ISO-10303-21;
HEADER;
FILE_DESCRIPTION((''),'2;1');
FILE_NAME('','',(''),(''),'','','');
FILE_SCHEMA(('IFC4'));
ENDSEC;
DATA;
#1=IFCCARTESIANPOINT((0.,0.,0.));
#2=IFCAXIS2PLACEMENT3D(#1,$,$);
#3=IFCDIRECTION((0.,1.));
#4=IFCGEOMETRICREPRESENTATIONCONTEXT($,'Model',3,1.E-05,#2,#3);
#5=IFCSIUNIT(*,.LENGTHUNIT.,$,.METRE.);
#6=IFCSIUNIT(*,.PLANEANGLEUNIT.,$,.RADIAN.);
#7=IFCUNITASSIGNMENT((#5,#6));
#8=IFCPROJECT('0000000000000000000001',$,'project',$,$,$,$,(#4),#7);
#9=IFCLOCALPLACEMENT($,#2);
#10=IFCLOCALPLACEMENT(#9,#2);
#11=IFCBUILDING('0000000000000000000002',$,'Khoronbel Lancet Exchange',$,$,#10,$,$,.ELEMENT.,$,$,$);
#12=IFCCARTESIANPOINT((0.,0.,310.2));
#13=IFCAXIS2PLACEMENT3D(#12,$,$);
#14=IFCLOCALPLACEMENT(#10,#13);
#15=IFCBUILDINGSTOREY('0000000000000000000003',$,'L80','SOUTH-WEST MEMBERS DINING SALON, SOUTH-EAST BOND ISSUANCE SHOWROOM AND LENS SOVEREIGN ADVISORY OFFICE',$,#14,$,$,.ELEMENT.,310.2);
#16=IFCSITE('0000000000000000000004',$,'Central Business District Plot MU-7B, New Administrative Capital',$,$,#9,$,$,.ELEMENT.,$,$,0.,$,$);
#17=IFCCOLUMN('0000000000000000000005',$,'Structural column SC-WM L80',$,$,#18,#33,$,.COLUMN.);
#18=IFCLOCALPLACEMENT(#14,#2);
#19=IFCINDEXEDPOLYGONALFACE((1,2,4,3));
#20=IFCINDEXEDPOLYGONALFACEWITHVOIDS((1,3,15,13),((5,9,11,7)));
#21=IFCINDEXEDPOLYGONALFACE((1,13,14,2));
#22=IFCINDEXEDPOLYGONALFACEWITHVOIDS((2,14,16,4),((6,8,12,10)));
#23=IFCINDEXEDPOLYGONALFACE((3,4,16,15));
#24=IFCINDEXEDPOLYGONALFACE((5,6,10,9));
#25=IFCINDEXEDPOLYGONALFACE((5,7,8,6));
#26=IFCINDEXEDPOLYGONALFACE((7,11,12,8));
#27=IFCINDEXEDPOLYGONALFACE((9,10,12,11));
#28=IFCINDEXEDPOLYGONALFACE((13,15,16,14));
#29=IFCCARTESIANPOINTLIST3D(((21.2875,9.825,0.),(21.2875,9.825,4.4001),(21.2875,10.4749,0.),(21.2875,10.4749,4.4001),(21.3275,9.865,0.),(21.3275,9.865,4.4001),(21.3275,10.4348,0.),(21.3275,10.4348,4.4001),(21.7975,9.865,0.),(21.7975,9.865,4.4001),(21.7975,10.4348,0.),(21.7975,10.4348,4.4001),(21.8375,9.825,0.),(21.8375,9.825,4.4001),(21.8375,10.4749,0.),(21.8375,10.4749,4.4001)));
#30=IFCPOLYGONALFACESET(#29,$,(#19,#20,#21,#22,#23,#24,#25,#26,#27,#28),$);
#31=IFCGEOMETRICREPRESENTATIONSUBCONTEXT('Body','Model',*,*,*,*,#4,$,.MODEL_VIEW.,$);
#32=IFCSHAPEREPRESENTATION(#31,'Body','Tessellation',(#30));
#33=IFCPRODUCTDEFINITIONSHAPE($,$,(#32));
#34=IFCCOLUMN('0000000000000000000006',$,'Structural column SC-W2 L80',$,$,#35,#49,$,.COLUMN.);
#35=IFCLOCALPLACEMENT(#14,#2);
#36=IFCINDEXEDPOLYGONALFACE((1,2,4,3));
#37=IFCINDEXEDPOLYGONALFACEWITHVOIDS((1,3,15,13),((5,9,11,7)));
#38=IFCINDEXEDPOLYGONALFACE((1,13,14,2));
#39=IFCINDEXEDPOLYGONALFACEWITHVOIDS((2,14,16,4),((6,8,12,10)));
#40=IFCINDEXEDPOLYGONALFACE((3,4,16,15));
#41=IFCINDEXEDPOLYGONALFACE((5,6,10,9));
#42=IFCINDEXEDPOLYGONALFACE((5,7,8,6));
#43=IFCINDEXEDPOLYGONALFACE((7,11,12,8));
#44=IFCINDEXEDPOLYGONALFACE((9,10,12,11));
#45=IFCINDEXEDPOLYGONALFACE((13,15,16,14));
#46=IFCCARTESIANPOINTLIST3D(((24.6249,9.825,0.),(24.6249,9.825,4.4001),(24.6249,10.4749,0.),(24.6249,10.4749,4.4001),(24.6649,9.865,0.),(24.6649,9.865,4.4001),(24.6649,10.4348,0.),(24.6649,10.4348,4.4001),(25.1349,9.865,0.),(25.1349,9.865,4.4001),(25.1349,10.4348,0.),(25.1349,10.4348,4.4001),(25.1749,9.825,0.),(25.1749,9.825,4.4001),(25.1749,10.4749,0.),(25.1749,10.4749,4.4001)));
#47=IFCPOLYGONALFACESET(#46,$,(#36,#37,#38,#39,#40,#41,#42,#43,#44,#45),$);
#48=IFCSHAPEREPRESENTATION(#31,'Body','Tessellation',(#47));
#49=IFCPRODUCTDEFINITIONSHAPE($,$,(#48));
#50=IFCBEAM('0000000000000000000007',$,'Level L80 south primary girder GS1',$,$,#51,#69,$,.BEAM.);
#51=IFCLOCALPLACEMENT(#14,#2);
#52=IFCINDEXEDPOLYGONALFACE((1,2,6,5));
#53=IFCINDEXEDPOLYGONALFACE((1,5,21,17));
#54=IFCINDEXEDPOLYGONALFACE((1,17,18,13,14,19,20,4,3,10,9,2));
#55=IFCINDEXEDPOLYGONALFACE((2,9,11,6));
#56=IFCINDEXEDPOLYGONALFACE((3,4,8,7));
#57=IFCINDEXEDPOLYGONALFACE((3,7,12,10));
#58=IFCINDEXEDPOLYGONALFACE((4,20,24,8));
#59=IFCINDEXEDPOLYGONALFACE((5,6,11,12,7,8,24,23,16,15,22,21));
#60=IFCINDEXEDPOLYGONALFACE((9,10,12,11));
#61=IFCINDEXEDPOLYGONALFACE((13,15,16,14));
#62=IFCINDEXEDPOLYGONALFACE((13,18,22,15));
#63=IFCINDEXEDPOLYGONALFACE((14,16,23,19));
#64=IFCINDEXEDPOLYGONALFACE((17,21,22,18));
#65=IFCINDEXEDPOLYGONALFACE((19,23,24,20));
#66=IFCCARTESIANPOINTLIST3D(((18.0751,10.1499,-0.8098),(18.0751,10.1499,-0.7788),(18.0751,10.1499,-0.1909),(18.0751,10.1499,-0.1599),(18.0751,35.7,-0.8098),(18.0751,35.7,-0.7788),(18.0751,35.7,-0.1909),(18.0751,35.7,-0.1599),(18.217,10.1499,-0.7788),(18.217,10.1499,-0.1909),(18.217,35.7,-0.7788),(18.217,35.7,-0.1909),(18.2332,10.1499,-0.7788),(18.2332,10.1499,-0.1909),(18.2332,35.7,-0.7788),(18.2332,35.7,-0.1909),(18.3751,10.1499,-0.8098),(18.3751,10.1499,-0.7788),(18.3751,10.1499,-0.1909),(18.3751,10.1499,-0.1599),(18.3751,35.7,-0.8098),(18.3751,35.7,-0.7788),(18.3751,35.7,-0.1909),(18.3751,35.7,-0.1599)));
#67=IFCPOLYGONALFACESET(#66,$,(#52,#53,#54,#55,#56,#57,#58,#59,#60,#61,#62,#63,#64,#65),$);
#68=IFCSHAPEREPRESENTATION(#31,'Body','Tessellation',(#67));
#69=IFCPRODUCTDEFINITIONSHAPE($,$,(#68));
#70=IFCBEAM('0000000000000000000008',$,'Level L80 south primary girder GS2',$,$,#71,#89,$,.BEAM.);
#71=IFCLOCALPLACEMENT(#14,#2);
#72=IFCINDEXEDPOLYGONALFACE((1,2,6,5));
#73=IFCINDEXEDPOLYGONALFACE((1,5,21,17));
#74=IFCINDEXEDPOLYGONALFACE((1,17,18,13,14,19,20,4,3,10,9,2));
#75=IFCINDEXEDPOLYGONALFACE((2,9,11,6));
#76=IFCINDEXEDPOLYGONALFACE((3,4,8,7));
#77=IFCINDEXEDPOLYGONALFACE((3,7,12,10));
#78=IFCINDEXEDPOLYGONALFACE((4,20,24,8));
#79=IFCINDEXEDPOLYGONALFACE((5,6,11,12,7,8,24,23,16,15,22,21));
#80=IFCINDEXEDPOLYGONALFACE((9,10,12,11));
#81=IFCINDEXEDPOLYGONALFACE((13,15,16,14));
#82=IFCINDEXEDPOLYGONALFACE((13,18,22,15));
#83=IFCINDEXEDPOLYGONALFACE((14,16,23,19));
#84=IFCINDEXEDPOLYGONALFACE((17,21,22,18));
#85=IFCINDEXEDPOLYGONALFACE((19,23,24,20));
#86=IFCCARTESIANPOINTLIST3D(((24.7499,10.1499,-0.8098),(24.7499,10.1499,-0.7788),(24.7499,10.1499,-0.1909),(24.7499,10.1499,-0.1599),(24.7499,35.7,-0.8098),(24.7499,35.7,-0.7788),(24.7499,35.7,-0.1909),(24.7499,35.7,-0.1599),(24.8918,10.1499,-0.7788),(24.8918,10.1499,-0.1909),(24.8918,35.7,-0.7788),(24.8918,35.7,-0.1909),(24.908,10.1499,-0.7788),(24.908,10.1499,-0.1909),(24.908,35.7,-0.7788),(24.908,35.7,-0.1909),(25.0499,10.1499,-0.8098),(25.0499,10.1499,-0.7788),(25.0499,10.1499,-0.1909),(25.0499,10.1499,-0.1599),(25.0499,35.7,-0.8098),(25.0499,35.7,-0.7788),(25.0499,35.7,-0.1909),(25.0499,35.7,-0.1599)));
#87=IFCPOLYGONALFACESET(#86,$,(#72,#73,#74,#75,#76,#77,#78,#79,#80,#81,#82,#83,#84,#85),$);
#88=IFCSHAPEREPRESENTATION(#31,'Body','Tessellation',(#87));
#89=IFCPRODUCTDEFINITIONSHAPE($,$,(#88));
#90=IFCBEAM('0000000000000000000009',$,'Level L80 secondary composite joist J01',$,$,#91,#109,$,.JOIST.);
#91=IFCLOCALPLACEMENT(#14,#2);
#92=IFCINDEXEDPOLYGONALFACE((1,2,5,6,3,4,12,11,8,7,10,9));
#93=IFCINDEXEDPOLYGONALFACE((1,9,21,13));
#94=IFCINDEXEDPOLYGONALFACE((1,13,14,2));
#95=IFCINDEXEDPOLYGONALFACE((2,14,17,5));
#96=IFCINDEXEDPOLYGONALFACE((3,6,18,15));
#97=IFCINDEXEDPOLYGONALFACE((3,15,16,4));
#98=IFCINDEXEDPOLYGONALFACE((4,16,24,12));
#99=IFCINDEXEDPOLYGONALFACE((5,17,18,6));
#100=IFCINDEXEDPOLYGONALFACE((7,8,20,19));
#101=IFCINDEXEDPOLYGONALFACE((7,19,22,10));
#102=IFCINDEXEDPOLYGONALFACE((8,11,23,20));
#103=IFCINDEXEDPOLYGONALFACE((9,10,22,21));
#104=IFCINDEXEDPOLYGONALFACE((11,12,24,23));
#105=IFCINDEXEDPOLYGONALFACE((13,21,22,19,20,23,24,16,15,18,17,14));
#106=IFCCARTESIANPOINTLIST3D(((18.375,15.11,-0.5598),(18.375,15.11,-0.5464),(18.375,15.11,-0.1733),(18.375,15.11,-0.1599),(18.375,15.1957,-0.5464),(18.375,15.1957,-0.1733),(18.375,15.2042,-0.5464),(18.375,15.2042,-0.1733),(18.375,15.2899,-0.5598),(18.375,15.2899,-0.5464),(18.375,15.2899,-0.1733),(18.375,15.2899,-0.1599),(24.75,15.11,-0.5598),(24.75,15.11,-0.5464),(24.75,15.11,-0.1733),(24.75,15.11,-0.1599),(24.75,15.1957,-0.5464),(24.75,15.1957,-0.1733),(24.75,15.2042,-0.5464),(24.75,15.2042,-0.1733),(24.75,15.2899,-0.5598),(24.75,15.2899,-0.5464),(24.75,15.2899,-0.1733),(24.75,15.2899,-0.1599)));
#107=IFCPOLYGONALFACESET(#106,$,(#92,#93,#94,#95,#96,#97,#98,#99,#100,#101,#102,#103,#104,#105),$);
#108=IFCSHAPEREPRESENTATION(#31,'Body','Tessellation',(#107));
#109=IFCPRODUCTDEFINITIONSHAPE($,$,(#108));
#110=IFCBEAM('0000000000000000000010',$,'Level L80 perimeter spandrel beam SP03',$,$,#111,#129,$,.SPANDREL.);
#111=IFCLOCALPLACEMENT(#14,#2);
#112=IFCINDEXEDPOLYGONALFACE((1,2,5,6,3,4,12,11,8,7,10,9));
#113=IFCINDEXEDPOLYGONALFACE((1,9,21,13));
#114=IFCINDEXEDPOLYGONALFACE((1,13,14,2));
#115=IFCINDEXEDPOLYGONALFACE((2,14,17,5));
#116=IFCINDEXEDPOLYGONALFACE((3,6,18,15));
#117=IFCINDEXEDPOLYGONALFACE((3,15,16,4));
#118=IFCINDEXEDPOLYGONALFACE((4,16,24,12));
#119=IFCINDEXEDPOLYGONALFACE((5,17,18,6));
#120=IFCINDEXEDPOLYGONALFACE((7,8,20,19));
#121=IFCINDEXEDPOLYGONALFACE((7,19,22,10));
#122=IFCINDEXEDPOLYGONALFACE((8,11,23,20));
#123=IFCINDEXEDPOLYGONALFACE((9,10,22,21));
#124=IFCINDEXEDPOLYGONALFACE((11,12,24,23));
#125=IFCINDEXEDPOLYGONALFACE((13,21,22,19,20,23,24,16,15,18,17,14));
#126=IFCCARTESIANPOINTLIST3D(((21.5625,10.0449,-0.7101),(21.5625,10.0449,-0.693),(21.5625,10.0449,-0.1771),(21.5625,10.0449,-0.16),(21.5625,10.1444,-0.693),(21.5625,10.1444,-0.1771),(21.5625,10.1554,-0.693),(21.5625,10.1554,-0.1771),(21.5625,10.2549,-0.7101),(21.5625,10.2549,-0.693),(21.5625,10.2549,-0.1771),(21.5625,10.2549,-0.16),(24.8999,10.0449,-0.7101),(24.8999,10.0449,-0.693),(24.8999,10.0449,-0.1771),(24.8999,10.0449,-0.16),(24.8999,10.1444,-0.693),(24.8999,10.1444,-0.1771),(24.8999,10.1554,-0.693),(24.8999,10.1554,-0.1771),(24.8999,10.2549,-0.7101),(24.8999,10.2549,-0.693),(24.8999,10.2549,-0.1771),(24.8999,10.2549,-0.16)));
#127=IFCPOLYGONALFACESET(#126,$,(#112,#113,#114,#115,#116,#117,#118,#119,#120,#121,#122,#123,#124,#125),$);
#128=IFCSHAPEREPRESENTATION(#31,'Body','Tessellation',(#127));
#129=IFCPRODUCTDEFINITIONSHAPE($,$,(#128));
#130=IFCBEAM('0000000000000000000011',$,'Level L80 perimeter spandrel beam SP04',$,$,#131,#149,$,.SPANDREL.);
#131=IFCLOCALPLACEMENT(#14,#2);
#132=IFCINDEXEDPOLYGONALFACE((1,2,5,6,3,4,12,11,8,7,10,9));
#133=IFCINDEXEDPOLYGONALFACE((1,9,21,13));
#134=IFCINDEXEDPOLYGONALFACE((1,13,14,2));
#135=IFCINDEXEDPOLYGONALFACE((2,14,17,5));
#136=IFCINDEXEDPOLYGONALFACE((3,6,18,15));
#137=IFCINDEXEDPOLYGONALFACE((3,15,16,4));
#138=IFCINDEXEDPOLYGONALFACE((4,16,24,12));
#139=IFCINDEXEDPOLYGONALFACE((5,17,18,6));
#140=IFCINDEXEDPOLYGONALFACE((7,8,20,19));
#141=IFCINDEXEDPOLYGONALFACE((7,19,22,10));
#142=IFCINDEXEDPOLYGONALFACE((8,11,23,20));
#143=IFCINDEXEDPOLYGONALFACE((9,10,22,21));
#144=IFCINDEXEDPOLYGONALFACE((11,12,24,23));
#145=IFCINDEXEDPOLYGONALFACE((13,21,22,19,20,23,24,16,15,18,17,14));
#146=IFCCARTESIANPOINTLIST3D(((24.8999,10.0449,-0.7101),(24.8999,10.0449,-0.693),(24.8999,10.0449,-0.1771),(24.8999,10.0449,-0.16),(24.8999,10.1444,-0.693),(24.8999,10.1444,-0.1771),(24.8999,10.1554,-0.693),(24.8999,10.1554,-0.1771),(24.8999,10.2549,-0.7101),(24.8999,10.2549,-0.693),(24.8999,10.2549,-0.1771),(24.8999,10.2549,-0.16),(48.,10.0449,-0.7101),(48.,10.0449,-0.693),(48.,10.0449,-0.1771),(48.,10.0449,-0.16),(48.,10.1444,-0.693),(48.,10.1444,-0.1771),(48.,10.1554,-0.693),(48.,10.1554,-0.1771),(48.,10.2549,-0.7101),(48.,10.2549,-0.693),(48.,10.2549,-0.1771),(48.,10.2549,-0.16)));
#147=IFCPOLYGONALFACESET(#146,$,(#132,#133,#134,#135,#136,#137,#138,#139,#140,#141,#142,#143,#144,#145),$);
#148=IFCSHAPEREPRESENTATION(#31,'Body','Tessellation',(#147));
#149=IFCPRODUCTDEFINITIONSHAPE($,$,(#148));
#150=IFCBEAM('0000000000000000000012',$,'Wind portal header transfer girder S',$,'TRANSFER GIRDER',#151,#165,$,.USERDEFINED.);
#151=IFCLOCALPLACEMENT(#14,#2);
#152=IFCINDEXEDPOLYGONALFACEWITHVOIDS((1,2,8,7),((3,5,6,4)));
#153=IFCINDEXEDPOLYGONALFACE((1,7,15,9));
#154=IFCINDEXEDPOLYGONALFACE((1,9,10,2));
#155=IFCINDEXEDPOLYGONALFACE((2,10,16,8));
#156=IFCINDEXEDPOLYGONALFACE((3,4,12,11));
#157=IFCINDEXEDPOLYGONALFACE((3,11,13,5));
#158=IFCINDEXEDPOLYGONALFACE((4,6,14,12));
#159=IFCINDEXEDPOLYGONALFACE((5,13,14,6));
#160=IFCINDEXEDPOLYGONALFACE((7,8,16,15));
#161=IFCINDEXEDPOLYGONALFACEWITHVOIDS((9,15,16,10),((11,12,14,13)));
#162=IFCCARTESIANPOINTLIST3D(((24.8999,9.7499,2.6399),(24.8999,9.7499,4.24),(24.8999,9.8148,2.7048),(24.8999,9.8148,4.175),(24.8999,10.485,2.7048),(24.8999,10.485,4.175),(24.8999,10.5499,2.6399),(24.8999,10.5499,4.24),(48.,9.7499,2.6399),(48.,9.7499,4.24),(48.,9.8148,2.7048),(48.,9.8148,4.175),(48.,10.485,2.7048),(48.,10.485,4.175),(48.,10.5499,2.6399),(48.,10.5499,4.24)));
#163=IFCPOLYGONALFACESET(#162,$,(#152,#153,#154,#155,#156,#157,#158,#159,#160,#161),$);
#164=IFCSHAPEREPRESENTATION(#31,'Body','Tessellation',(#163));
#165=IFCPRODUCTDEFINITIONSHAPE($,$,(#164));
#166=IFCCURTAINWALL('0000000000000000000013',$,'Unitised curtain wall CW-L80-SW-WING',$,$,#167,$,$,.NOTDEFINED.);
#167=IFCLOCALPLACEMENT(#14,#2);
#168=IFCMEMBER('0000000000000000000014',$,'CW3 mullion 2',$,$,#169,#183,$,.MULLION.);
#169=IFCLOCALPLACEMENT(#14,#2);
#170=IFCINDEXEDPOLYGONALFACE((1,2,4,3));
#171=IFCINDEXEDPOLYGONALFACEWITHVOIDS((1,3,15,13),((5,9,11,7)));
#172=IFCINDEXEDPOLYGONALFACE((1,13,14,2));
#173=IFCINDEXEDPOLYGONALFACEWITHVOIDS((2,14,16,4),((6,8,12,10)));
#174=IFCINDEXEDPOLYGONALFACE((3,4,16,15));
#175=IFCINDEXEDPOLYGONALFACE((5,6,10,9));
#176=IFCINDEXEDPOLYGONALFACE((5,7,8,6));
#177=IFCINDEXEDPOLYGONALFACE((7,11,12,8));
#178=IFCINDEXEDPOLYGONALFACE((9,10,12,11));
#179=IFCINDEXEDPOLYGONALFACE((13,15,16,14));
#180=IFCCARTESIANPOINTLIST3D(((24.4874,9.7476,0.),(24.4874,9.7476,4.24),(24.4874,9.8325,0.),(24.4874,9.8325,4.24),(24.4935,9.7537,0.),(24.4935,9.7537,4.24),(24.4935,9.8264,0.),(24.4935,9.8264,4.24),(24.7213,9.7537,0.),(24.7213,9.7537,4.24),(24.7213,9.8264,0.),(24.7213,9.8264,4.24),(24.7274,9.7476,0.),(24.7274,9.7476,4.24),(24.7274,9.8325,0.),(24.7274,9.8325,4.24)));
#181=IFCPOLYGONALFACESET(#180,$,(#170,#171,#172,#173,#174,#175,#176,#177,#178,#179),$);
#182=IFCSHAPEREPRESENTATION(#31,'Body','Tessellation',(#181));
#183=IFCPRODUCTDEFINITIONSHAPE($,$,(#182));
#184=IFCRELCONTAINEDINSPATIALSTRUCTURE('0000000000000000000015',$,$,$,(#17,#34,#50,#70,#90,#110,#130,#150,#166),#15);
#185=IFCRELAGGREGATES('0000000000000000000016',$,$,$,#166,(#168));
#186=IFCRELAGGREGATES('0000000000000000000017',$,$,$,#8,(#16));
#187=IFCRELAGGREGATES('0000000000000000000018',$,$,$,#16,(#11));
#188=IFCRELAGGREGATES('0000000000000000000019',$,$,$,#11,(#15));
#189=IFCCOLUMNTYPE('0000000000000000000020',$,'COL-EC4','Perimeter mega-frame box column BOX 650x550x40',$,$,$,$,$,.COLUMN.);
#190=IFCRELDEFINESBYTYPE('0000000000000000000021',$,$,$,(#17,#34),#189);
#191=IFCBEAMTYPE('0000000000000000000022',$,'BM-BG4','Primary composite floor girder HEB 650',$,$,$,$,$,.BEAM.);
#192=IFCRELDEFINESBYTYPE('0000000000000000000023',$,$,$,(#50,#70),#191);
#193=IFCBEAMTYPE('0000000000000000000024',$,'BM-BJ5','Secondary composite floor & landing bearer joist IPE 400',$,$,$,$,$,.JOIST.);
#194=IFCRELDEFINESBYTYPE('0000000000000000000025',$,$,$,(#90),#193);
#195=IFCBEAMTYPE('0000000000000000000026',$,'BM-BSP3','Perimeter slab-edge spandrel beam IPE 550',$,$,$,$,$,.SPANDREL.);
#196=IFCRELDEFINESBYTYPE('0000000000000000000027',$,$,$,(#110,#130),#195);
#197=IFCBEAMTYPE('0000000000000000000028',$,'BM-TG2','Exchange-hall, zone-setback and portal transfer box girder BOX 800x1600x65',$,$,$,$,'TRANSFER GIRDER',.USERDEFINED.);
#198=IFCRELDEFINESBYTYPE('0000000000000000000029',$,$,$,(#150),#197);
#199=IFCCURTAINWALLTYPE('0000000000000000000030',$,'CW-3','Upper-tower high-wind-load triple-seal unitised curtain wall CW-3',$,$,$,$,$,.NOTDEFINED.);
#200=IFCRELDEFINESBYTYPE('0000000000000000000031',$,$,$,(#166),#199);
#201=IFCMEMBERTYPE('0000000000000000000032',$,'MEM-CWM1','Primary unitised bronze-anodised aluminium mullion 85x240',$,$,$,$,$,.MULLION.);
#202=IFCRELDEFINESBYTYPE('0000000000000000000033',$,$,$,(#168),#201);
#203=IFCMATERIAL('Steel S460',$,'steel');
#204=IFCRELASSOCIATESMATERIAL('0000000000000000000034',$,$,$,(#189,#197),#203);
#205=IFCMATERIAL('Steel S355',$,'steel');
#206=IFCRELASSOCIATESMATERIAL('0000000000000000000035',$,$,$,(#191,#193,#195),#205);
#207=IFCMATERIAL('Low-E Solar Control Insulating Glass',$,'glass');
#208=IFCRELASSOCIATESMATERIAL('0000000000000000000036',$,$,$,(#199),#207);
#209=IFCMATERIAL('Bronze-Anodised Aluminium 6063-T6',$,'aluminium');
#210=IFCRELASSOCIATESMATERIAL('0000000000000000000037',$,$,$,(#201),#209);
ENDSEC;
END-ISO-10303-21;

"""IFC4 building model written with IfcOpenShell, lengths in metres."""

from ifc_helpers import new_model, si_unit, direction, frame, origin, origin_2d, place, context, subcontext, project, spatial, hollow_rectangle, i_section, extrude, material, material_profile, profile_set, type_object, element, aggregate, save


model = new_model("IFC4")

# Units and contexts
model_context = context("Model", 3, precision=1e-05, world=origin(), true_north=direction((0.0, 1.0)))
body_context = subcontext(model_context, "Body", "Model", "MODEL_VIEW")
ifc_project = project(units=[si_unit("LENGTHUNIT", "METRE"), si_unit("PLANEANGLEUNIT", "RADIAN")], contexts=[model_context])

# Site, building, storey
site_placement = place(None, origin())
site = spatial("IfcSite", under=ifc_project, at=site_placement, Name="Central Business District Plot MU-7B, New Administrative Capital", CompositionType="ELEMENT", RefElevation=0.0)
building_placement = place(site_placement, origin())
building = spatial("IfcBuilding", under=site, at=building_placement, Name="Khoronbel Lancet Exchange", CompositionType="ELEMENT")
storey_placement = place(building_placement, frame((0.0, 0.0, 310.2)))
storey = spatial("IfcBuildingStorey", under=building, at=storey_placement, Name="L80", Description="SOUTH-WEST MEMBERS DINING SALON, SOUTH-EAST BOND ISSUANCE SHOWROOM AND LENS SOVEREIGN ADVISORY OFFICE", CompositionType="ELEMENT", Elevation=310.2)

# Columns
ifc_material_1 = material(Name="Steel S460", Category="steel")
ifc_material_profile_1 = material_profile(ifc_material_1, hollow_rectangle(XDim=0.55, YDim=0.6499, WallThickness=0.04, at=origin_2d()), Name="BOX 650x550x40")
ifc_profile_set_1 = profile_set([ifc_material_profile_1], Name="Steel S460")
column_type = type_object("IfcColumnType", Name="COL-EC4", Description="Perimeter mega-frame box column BOX 650x550x40", PredefinedType="COLUMN", material=ifc_profile_set_1)
for number, where, z_axis, x_axis, name in (
    (1, (21.5625, 10.1499, 0.0), (0.0, 0.0, 1.0), (1.0, 0.0, 0.0), "Structural column SC-WM L80"),
    (2, (24.8999, 10.1499, 0.0), (0.0, 0.0, 1.0), (1.0, 0.0, 0.0), "Structural column SC-W2 L80"),
):
    element("IfcColumn", number, at=place(storey_placement, frame(where, z_axis=z_axis, x_axis=x_axis)), inside=storey, type_object=column_type, Name=name, PredefinedType="COLUMN", context=body_context, shape_type="SweptSolid", body=[
        extrude(hollow_rectangle(XDim=0.55, YDim=0.6499, WallThickness=0.04, at=origin_2d()), origin(), (0.0, 0.0, 1.0), 4.4001),
    ])

# Beams
ifc_material_2 = material(Name="Steel S355", Category="steel")
ifc_material_profile_2 = material_profile(ifc_material_2, i_section(OverallWidth=0.3, OverallDepth=0.6499, WebThickness=0.0161, FlangeThickness=0.031, at=origin_2d()), Name="HEB 650")
ifc_profile_set_2 = profile_set([ifc_material_profile_2], Name="Steel S355")
beam_type_1 = type_object("IfcBeamType", Name="BM-BG4", Description="Primary composite floor girder HEB 650", PredefinedType="BEAM", material=ifc_profile_set_2)
for number, where, z_axis, x_axis, name in (
    (3, (18.2251, 10.1499, -0.4849), (0.0, 1.0, 0.0), (-1.0, 0.0, 0.0), "Level L80 south primary girder GS1"),
    (4, (24.8999, 10.1499, -0.4849), (0.0, 1.0, 0.0), (-1.0, 0.0, 0.0), "Level L80 south primary girder GS2"),
):
    element("IfcBeam", number, at=place(storey_placement, frame(where, z_axis=z_axis, x_axis=x_axis)), inside=storey, type_object=beam_type_1, Name=name, PredefinedType="BEAM", context=body_context, shape_type="SweptSolid", body=[
        extrude(i_section(OverallWidth=0.3, OverallDepth=0.6499, WebThickness=0.0161, FlangeThickness=0.031, at=origin_2d()), origin(), (0.0, 0.0, 1.0), 25.55),
    ])
ifc_material_profile_3 = material_profile(ifc_material_2, i_section(OverallWidth=0.1799, OverallDepth=0.3999, WebThickness=0.0085, FlangeThickness=0.0134, at=origin_2d()), Name="IPE 400")
ifc_profile_set_3 = profile_set([ifc_material_profile_3], Name="Steel S355")
beam_type_2 = type_object("IfcBeamType", Name="BM-BJ5", Description="Secondary composite floor & landing bearer joist IPE 400", PredefinedType="JOIST", material=ifc_profile_set_3)
beam_1_placement = place(storey_placement, frame((18.375, 15.2, -0.3599), z_axis=(1.0, 0.0, 0.0), x_axis=(0.0, 1.0, 0.0)))
element("IfcBeam", 5, at=beam_1_placement, inside=storey, type_object=beam_type_2, Name="Level L80 secondary composite joist J01", PredefinedType="JOIST", context=body_context, shape_type="SweptSolid", body=[
    extrude(i_section(OverallWidth=0.1799, OverallDepth=0.3999, WebThickness=0.0085, FlangeThickness=0.0134, at=origin_2d()), origin(), (0.0, 0.0, 1.0), 6.375),
])
ifc_material_profile_4 = material_profile(ifc_material_2, i_section(OverallWidth=0.21, OverallDepth=0.55, WebThickness=0.011, FlangeThickness=0.0171, at=origin_2d()), Name="IPE 550")
ifc_profile_set_4 = profile_set([ifc_material_profile_4], Name="Steel S355")
beam_type_3 = type_object("IfcBeamType", Name="BM-BSP3", Description="Perimeter slab-edge spandrel beam IPE 550", PredefinedType="SPANDREL", material=ifc_profile_set_4)
beam_2_placement = place(storey_placement, frame((21.5625, 10.1499, -0.4351), z_axis=(1.0, 0.0, 0.0), x_axis=(0.0, 1.0, 0.0)))
element("IfcBeam", 6, at=beam_2_placement, inside=storey, type_object=beam_type_3, Name="Level L80 perimeter spandrel beam SP03", PredefinedType="SPANDREL", context=body_context, shape_type="SweptSolid", body=[
    extrude(i_section(OverallWidth=0.21, OverallDepth=0.55, WebThickness=0.011, FlangeThickness=0.0171, at=origin_2d()), origin(), (0.0, 0.0, 1.0), 3.3374),
])
beam_3_placement = place(storey_placement, frame((24.8999, 10.1499, -0.4351), z_axis=(1.0, 0.0, 0.0), x_axis=(0.0, 1.0, 0.0)))
element("IfcBeam", 7, at=beam_3_placement, inside=storey, type_object=beam_type_3, Name="Level L80 perimeter spandrel beam SP04", PredefinedType="SPANDREL", context=body_context, shape_type="SweptSolid", body=[
    extrude(i_section(OverallWidth=0.21, OverallDepth=0.55, WebThickness=0.011, FlangeThickness=0.0171, at=origin_2d()), origin(), (0.0, 0.0, 1.0), 23.1001),
])
ifc_material_profile_5 = material_profile(ifc_material_1, hollow_rectangle(XDim=0.8, YDim=1.6001, WallThickness=0.0649, at=origin_2d()), Name="BOX 800x1600x65")
ifc_profile_set_5 = profile_set([ifc_material_profile_5], Name="Steel S460")
beam_type_4 = type_object("IfcBeamType", Name="BM-TG2", Description="Exchange-hall, zone-setback and portal transfer box girder BOX 800x1600x65", ElementType="TRANSFER GIRDER", PredefinedType="USERDEFINED", material=ifc_profile_set_5)
beam_4_placement = place(storey_placement, frame((24.8999, 10.1499, 3.4399), z_axis=(1.0, 0.0, 0.0), x_axis=(0.0, 1.0, 0.0)))
element("IfcBeam", 8, at=beam_4_placement, inside=storey, type_object=beam_type_4, Name="Wind portal header transfer girder S", ObjectType="TRANSFER GIRDER", PredefinedType="USERDEFINED", context=body_context, shape_type="SweptSolid", body=[
    extrude(hollow_rectangle(XDim=0.8, YDim=1.6001, WallThickness=0.0649, at=origin_2d()), origin(), (0.0, 0.0, 1.0), 23.1001),
])

# Curtain wall, member
ifc_material_3 = material(Name="Low-E Solar Control Insulating Glass", Category="glass")
curtain_wall_type = type_object("IfcCurtainWallType", Name="CW-3", Description="Upper-tower high-wind-load triple-seal unitised curtain wall CW-3", PredefinedType="NOTDEFINED", material=ifc_material_3)
curtain_wall_1_placement = place(storey_placement, origin())
curtain_wall_1 = element("IfcCurtainWall", 9, at=curtain_wall_1_placement, inside=storey, type_object=curtain_wall_type, Name="Unitised curtain wall CW-L80-SW-WING", PredefinedType="NOTDEFINED")
ifc_material_4 = material(Name="Bronze-Anodised Aluminium 6063-T6", Category="aluminium")
ifc_material_profile_6 = material_profile(ifc_material_4, hollow_rectangle(XDim=0.085, YDim=0.24, WallThickness=0.0061, at=origin_2d()), Name="ALU MULLION 85x240")
ifc_profile_set_6 = profile_set([ifc_material_profile_6], Name="Bronze-Anodised Aluminium 6063-T6")
member_type_1 = type_object("IfcMemberType", Name="MEM-CWM1", Description="Primary unitised bronze-anodised aluminium mullion 85x240", PredefinedType="MULLION", material=ifc_profile_set_6)
member_1_placement = place(storey_placement, frame((24.6074, 9.79, 0.0), z_axis=(0.0, 0.0, 1.0), x_axis=(0.0, 1.0, 0.0)))
member_1 = element("IfcMember", 10, at=member_1_placement, type_object=member_type_1, Name="CW3 mullion 2", PredefinedType="MULLION", context=body_context, shape_type="SweptSolid", body=[
    extrude(hollow_rectangle(XDim=0.085, YDim=0.24, WallThickness=0.0061, at=origin_2d()), origin(), (0.0, 0.0, 1.0), 4.24),
])

aggregate(curtain_wall_1, [member_1])

save(model, "model.ifc")
